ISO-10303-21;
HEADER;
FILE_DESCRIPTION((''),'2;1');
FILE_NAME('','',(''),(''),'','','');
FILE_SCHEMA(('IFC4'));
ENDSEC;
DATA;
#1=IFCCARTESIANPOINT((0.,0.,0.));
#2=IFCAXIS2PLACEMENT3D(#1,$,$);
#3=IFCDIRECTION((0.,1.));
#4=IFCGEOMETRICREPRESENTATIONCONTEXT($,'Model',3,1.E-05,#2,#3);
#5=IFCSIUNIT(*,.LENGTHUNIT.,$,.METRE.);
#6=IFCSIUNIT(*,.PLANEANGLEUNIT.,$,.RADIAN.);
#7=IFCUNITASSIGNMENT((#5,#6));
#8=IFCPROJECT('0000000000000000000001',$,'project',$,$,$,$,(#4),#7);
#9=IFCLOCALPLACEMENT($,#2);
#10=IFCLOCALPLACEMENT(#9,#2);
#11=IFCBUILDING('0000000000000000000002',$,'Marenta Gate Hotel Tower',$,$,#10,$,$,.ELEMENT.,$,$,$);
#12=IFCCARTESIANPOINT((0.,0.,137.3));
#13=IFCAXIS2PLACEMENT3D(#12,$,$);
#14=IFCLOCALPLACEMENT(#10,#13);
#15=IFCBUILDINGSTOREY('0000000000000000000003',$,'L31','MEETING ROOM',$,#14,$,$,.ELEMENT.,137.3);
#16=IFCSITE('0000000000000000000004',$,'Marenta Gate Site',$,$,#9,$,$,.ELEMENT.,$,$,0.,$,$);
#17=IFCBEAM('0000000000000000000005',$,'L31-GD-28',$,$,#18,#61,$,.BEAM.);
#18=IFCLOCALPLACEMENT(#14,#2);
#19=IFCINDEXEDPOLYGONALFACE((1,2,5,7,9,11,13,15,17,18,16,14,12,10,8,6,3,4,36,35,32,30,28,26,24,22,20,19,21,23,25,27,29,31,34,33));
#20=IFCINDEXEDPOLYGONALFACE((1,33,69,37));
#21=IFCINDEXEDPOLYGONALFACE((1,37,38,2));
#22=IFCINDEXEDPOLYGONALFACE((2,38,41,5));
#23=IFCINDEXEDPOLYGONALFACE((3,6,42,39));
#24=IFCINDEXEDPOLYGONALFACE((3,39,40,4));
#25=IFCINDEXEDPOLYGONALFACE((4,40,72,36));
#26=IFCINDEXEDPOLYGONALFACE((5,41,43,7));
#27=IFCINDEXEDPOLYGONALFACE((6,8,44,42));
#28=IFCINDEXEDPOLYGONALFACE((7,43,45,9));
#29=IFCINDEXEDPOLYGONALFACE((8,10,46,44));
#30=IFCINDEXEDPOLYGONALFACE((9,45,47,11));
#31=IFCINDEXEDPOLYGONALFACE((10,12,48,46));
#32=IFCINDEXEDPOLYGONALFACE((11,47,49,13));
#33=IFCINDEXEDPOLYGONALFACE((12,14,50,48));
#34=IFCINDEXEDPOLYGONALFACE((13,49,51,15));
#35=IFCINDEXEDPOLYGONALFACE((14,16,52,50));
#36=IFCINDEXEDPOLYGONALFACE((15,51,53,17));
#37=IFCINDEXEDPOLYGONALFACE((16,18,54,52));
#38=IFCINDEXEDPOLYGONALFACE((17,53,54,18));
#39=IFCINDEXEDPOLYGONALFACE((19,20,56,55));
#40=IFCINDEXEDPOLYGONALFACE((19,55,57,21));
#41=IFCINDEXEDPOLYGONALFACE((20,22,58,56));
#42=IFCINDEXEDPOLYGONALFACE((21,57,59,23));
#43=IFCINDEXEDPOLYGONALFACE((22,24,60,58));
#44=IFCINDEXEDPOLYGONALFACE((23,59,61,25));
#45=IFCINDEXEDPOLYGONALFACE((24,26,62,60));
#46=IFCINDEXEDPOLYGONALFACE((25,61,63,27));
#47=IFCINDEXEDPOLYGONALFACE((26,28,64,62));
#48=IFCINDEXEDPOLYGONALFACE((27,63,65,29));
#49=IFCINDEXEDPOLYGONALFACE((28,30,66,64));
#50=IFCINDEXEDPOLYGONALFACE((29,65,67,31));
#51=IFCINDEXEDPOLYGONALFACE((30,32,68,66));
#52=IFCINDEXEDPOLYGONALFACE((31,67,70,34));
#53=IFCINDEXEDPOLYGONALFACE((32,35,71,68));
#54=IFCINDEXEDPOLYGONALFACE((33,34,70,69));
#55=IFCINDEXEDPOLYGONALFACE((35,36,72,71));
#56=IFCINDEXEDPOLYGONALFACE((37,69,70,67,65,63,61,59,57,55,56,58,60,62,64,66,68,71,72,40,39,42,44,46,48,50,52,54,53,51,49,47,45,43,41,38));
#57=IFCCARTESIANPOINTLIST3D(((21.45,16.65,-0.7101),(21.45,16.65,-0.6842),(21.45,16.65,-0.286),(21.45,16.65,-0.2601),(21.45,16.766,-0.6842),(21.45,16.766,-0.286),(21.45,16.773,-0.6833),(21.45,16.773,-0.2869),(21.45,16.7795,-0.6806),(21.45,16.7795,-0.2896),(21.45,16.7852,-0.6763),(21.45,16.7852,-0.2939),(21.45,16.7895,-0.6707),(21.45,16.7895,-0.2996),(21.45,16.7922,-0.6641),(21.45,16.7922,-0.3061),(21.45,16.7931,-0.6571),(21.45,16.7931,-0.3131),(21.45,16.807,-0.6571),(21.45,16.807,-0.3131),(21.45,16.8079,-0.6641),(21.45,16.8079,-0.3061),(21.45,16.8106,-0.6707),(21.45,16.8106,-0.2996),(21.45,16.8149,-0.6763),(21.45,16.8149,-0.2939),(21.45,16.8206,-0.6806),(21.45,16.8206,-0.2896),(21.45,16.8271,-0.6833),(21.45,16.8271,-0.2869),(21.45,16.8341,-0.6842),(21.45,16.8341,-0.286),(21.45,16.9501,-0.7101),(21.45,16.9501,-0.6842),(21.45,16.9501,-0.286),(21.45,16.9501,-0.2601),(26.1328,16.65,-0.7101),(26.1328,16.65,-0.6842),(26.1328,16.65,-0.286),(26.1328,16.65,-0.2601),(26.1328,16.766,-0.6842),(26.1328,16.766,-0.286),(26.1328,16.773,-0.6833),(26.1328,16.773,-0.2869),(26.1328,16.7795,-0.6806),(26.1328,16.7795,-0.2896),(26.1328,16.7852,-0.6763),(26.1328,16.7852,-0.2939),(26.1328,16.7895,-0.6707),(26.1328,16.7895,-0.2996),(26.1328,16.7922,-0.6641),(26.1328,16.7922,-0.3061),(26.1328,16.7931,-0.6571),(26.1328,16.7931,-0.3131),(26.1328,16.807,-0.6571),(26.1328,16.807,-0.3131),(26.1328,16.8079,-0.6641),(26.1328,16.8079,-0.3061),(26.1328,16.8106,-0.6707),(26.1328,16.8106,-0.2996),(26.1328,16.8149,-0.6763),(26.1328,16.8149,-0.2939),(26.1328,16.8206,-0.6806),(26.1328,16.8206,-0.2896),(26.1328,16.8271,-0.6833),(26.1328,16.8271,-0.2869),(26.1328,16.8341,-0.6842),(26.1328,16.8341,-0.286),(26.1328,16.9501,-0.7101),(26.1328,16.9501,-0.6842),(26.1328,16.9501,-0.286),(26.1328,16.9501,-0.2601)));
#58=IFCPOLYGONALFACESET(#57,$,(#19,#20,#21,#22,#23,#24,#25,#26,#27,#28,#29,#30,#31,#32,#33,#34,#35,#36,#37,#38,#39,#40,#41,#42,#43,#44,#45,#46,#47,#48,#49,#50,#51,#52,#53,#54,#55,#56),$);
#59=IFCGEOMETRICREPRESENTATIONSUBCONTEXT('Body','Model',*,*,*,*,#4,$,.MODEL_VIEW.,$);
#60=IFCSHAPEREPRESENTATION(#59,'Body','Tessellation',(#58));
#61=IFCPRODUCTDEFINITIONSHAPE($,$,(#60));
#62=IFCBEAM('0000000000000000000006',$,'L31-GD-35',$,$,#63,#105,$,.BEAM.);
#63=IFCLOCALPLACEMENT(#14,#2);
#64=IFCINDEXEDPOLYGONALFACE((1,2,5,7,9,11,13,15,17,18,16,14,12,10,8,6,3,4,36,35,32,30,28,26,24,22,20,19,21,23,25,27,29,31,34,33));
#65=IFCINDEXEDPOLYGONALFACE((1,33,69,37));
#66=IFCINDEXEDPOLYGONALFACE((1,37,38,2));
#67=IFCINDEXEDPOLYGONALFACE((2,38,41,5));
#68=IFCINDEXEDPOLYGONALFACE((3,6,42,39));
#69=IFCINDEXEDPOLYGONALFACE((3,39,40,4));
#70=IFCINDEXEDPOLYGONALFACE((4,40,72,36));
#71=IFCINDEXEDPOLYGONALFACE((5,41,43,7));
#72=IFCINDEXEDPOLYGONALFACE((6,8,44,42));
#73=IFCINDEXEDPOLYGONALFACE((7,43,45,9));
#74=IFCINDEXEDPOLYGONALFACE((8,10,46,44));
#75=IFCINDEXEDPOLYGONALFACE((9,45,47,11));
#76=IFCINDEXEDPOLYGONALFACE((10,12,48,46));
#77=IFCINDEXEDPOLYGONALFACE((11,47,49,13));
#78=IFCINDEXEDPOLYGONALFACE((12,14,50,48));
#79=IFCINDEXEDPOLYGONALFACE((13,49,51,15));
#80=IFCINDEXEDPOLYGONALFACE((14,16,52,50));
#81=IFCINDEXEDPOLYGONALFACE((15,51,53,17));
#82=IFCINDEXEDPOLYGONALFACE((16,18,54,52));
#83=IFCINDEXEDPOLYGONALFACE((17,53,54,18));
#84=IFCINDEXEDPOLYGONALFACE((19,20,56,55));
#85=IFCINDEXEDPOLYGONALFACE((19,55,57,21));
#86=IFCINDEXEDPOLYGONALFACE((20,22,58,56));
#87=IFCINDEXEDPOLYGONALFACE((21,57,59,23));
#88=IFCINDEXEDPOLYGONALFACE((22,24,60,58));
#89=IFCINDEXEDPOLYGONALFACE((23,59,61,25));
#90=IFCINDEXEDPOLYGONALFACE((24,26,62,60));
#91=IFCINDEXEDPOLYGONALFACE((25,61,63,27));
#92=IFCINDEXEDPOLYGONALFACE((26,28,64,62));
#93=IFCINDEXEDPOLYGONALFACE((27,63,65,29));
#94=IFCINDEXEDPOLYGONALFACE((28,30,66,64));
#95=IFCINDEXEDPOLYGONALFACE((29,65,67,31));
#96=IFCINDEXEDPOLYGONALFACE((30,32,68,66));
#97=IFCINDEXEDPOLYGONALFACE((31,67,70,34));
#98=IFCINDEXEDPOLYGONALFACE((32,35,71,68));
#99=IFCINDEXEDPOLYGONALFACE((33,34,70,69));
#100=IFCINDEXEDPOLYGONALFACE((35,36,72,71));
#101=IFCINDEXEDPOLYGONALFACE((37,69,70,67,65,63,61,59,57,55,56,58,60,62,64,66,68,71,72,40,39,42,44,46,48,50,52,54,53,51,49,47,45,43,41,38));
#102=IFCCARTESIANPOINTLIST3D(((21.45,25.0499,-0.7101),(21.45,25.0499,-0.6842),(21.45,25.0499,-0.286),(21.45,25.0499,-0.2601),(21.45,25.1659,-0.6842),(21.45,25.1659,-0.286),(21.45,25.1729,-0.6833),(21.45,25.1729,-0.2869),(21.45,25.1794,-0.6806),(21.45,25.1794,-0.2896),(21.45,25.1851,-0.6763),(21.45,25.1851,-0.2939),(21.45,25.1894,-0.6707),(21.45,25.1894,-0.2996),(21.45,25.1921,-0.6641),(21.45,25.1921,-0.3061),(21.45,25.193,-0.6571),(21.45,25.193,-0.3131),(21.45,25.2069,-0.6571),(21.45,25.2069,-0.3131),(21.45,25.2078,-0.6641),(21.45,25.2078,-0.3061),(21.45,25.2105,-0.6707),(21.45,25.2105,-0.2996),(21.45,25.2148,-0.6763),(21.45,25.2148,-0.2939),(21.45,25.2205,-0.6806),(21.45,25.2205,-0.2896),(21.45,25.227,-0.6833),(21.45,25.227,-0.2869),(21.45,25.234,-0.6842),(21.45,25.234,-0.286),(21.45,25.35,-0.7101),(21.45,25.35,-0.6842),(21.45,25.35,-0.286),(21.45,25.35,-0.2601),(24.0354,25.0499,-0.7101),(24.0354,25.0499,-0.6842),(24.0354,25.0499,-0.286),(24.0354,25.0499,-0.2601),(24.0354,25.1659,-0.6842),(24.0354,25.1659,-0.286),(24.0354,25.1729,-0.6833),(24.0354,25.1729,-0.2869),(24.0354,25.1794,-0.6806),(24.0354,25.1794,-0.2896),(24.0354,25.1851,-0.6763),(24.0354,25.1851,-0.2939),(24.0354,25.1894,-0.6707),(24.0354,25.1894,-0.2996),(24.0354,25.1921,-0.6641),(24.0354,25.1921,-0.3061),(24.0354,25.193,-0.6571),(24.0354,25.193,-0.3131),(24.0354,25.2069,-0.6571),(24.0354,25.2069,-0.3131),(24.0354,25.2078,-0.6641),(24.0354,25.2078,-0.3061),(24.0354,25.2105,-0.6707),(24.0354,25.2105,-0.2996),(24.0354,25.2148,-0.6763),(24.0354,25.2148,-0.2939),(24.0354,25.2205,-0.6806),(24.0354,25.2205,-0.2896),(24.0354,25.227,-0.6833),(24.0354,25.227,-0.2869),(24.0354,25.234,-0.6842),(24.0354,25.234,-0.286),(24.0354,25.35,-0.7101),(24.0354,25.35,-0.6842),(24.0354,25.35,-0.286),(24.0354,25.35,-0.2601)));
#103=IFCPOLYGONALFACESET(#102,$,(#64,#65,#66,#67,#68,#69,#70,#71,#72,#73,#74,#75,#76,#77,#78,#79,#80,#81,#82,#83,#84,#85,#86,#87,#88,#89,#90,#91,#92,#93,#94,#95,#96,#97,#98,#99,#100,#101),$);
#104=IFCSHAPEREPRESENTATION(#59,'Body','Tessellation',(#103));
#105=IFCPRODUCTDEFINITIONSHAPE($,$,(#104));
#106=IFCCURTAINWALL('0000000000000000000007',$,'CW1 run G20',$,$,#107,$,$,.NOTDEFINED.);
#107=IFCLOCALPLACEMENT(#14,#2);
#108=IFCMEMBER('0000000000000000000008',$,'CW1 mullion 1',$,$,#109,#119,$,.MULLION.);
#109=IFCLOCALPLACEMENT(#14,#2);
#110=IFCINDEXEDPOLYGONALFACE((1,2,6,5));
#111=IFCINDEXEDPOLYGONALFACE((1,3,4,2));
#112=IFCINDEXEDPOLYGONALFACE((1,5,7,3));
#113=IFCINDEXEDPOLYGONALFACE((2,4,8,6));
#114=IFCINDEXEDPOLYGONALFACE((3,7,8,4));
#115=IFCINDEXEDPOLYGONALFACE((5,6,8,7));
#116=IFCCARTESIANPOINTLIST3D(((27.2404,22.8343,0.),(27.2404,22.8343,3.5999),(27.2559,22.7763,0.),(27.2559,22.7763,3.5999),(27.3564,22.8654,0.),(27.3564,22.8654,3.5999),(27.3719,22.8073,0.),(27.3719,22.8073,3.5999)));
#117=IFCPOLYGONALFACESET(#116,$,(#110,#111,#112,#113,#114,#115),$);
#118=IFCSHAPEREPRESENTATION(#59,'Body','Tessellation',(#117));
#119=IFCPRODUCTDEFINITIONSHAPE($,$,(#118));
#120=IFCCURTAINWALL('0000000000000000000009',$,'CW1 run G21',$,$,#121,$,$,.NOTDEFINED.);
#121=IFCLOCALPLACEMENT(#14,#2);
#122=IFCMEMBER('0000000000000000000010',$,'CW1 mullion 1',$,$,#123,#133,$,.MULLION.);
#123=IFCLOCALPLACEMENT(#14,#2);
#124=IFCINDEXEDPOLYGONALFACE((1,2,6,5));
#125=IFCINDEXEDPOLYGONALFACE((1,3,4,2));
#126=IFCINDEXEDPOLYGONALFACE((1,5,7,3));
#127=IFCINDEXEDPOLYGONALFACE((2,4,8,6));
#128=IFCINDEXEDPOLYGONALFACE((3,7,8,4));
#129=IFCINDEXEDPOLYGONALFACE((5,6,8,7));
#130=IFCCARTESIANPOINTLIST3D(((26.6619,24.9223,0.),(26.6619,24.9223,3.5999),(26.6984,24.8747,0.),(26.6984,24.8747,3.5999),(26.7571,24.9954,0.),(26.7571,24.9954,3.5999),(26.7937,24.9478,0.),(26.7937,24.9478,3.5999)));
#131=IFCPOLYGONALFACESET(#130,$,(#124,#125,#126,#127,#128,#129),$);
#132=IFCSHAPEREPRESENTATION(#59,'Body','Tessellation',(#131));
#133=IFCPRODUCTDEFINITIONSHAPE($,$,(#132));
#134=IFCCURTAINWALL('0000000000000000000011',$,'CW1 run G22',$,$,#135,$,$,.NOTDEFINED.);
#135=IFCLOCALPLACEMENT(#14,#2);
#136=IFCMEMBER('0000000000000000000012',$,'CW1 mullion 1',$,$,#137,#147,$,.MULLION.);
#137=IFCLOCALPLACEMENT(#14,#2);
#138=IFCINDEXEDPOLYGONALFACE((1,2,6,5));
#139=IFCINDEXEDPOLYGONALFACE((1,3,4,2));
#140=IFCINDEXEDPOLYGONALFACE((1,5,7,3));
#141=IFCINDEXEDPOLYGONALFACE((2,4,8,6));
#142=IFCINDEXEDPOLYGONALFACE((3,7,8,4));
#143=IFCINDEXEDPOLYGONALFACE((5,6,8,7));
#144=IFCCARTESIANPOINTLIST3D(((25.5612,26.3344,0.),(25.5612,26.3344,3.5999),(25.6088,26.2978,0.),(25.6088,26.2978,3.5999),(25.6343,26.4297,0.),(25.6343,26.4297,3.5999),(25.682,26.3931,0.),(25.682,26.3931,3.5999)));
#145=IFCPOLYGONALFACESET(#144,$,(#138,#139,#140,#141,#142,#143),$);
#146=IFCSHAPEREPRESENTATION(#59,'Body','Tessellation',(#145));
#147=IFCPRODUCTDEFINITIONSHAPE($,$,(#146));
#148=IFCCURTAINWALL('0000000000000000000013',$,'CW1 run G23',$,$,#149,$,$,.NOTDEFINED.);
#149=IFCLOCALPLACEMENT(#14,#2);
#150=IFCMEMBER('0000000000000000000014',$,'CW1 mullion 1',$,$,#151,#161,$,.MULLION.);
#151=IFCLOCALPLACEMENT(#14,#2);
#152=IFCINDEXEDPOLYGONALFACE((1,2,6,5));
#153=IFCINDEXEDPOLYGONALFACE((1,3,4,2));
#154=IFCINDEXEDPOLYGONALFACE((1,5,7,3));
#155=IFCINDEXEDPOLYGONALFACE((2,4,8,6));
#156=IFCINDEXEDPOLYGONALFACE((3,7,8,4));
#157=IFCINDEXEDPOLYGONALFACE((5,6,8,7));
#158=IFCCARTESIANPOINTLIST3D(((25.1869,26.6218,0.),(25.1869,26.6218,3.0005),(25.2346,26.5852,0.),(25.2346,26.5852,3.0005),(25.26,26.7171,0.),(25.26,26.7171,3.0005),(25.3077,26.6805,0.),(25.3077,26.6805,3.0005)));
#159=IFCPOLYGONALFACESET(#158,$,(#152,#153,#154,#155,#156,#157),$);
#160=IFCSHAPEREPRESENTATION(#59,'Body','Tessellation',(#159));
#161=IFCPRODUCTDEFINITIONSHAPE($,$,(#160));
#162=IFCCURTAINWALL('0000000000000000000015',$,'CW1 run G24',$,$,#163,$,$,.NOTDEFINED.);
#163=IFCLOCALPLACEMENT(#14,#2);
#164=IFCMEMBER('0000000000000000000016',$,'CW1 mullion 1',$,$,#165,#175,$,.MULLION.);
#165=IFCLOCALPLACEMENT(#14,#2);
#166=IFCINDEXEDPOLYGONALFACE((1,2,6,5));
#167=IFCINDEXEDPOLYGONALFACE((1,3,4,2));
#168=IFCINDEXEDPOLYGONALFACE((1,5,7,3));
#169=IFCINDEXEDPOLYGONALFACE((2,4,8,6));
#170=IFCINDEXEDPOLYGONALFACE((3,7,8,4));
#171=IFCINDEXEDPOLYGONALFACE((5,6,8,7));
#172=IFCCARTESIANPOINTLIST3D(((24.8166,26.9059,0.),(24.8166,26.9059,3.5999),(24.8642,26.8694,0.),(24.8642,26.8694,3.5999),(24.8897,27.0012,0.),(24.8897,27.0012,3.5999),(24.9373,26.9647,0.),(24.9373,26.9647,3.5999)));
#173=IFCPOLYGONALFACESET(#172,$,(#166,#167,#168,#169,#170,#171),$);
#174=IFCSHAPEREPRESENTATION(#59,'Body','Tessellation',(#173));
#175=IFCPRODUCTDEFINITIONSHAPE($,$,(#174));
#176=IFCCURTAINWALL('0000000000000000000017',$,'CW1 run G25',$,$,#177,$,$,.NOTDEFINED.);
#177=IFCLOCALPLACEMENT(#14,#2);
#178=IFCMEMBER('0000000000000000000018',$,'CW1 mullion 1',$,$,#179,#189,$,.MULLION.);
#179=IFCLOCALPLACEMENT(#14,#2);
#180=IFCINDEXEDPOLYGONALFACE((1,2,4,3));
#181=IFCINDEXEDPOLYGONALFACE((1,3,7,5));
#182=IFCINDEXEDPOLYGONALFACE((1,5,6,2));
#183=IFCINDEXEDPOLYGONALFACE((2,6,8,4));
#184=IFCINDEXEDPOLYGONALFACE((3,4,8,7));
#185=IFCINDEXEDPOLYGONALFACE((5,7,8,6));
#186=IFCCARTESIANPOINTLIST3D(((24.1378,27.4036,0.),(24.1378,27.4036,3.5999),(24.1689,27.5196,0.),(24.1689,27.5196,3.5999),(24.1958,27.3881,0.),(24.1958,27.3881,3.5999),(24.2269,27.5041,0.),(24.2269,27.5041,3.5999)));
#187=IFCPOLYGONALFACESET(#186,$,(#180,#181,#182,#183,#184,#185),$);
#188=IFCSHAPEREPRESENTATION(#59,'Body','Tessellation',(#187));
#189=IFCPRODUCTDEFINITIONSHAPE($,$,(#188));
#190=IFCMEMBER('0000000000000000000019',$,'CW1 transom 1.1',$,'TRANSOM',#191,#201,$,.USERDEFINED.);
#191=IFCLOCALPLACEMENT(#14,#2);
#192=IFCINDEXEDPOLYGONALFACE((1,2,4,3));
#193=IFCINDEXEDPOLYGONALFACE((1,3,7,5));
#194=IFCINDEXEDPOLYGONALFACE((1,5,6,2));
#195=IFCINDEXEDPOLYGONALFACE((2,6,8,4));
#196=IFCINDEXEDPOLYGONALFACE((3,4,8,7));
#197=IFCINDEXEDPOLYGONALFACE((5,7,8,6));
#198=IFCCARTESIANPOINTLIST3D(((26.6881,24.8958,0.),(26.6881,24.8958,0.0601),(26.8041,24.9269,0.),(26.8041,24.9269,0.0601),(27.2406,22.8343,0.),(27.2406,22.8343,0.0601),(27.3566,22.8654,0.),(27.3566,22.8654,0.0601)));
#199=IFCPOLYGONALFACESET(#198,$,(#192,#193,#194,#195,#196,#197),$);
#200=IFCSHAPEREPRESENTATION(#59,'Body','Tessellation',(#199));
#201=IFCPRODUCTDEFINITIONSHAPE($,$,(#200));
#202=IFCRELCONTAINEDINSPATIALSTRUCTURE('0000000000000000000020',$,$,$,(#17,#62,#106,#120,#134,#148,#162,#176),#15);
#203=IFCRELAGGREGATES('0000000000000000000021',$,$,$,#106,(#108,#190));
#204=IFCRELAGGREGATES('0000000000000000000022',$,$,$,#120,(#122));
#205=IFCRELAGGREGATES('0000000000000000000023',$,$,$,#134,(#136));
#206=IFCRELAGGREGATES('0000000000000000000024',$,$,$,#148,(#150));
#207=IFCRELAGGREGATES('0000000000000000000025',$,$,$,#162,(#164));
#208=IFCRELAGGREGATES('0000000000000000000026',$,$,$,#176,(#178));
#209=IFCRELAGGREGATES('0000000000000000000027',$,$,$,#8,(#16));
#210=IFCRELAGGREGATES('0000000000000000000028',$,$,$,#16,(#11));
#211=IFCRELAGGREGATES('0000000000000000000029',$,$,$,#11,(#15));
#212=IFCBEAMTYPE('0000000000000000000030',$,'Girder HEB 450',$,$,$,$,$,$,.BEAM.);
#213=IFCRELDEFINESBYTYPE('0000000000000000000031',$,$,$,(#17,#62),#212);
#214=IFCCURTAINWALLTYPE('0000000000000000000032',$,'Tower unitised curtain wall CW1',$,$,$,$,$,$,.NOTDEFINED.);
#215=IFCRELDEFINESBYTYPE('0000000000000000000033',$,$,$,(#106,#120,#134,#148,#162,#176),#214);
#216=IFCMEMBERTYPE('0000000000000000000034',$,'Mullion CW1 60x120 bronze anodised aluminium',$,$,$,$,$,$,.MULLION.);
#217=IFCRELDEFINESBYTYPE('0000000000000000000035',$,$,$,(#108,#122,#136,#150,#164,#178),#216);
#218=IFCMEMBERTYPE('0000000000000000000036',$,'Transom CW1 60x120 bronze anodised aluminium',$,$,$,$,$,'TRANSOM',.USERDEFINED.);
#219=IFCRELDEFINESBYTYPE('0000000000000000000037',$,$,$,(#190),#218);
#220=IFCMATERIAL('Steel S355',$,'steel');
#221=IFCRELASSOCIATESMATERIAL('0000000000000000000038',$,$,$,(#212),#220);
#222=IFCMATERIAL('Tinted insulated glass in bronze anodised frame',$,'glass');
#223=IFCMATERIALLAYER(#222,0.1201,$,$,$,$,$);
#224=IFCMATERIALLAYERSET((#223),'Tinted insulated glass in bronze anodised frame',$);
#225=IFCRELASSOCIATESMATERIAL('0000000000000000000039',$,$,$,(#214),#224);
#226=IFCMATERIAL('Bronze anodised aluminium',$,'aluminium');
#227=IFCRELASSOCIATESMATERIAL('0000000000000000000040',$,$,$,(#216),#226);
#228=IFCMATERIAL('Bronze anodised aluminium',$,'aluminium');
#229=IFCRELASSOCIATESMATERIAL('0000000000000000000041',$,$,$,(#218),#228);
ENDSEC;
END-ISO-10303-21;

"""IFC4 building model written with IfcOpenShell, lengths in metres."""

from ifc_helpers import new_model, si_unit, direction, frame, origin, origin_2d, place, context, subcontext, project, spatial, rectangle, i_section, extrude, material, layer, layer_set, material_profile, profile_set, type_object, element, aggregate, save


model = new_model("IFC4")

# Units and contexts
model_context = context("Model", 3, precision=1e-05, world=origin(), true_north=direction((0.0, 1.0)))
body_context = subcontext(model_context, "Body", "Model", "MODEL_VIEW")
ifc_project = project(units=[si_unit("LENGTHUNIT", "METRE"), si_unit("PLANEANGLEUNIT", "RADIAN")], contexts=[model_context])

# Site, building, storey
site_placement = place(None, origin())
site = spatial("IfcSite", under=ifc_project, at=site_placement, Name="Marenta Gate Site", CompositionType="ELEMENT", RefElevation=0.0)
building_placement = place(site_placement, origin())
building = spatial("IfcBuilding", under=site, at=building_placement, Name="Marenta Gate Hotel Tower", CompositionType="ELEMENT")
storey_placement = place(building_placement, frame((0.0, 0.0, 137.3)))
storey = spatial("IfcBuildingStorey", under=building, at=storey_placement, Name="L31", Description="MEETING ROOM", CompositionType="ELEMENT", Elevation=137.3)

# Beams
ifc_material_1 = material(Name="Steel S355", Category="steel")
ifc_material_profile_1 = material_profile(ifc_material_1, i_section(OverallWidth=0.3, OverallDepth=0.45, WebThickness=0.0139, FlangeThickness=0.0259, FilletRadius=0.0271, at=origin_2d()), Name="HEB 450")
ifc_profile_set_1 = profile_set([ifc_material_profile_1], Name="Steel S355")
beam_type_1 = type_object("IfcBeamType", Name="Girder HEB 450", PredefinedType="BEAM", material=ifc_profile_set_1)
beam_1_placement = place(storey_placement, frame((21.45, 16.8, -0.4851), z_axis=(1.0, 0.0, 0.0), x_axis=(0.0, 1.0, 0.0)))
element("IfcBeam", 1, at=beam_1_placement, inside=storey, type_object=beam_type_1, Name="L31-GD-28", PredefinedType="BEAM", context=body_context, shape_type="SweptSolid", body=[
    extrude(i_section(OverallWidth=0.3, OverallDepth=0.45, WebThickness=0.0139, FlangeThickness=0.0259, FilletRadius=0.0271, at=origin_2d()), origin(), (0.0, 0.0, 1.0), 4.6829),
])
beam_2_placement = place(storey_placement, frame((21.45, 25.2, -0.4851), z_axis=(1.0, 0.0, 0.0), x_axis=(0.0, 1.0, 0.0)))
element("IfcBeam", 2, at=beam_2_placement, inside=storey, type_object=beam_type_1, Name="L31-GD-35", PredefinedType="BEAM", context=body_context, shape_type="SweptSolid", body=[
    extrude(i_section(OverallWidth=0.3, OverallDepth=0.45, WebThickness=0.0139, FlangeThickness=0.0259, FilletRadius=0.0271, at=origin_2d()), origin(), (0.0, 0.0, 1.0), 2.5854),
])

# Curtain walls, members
ifc_material_2 = material(Name="Tinted insulated glass in bronze anodised frame", Category="glass")
ifc_layer_1 = layer(ifc_material_2, 0.1201)
ifc_layer_set_1 = layer_set([ifc_layer_1], Name="Tinted insulated glass in bronze anodised frame")
curtain_wall_type = type_object("IfcCurtainWallType", Name="Tower unitised curtain wall CW1", PredefinedType="NOTDEFINED", material=ifc_layer_set_1)
curtain_wall_1_placement = place(storey_placement, origin())
curtain_wall_1 = element("IfcCurtainWall", 3, at=curtain_wall_1_placement, inside=storey, type_object=curtain_wall_type, Name="CW1 run G20", PredefinedType="NOTDEFINED")
ifc_material_3 = material(Name="Bronze anodised aluminium", Category="aluminium")
ifc_material_profile_2 = material_profile(ifc_material_3, rectangle(XDim=0.1201, YDim=0.0601, at=origin_2d()), Name="Mullion CW1 60x120 bronze anodised aluminium")
ifc_profile_set_2 = profile_set([ifc_material_profile_2], Name="Bronze anodised aluminium")
member_type_1 = type_object("IfcMemberType", Name="Mullion CW1 60x120 bronze anodised aluminium", PredefinedType="MULLION", material=ifc_profile_set_2)
member_1_placement = place(storey_placement, frame((27.3062, 22.8208, 0.0), z_axis=(0.0, 0.0, 1.0), x_axis=(-0.965925, -0.258823, 0.0)))
member_1 = element("IfcMember", 4, at=member_1_placement, type_object=member_type_1, Name="CW1 mullion 1", PredefinedType="MULLION", context=body_context, shape_type="SweptSolid", body=[
    extrude(rectangle(XDim=0.1201, YDim=0.0601, at=origin_2d()), origin(), (0.0, 0.0, 1.0), 3.5999),
])
curtain_wall_2_placement = place(storey_placement, origin())
curtain_wall_2 = element("IfcCurtainWall", 5, at=curtain_wall_2_placement, inside=storey, type_object=curtain_wall_type, Name="CW1 run G21", PredefinedType="NOTDEFINED")
member_2_placement = place(storey_placement, frame((26.7278, 24.9351, 0.0), z_axis=(0.0, 0.0, 1.0), x_axis=(-0.793327, -0.608796, 0.0)))
member_2 = element("IfcMember", 6, at=member_2_placement, type_object=member_type_1, Name="CW1 mullion 1", PredefinedType="MULLION", context=body_context, shape_type="SweptSolid", body=[
    extrude(rectangle(XDim=0.1201, YDim=0.0601, at=origin_2d()), origin(), (0.0, 0.0, 1.0), 3.5999),
])
curtain_wall_3_placement = place(storey_placement, origin())
curtain_wall_3 = element("IfcCurtainWall", 7, at=curtain_wall_3_placement, inside=storey, type_object=curtain_wall_type, Name="CW1 run G22", PredefinedType="NOTDEFINED")
member_3_placement = place(storey_placement, frame((25.6216, 26.3638, 0.0), z_axis=(0.0, 0.0, 1.0), x_axis=(-0.608778, -0.79334, 0.0)))
member_3 = element("IfcMember", 8, at=member_3_placement, type_object=member_type_1, Name="CW1 mullion 1", PredefinedType="MULLION", context=body_context, shape_type="SweptSolid", body=[
    extrude(rectangle(XDim=0.1201, YDim=0.0601, at=origin_2d()), origin(), (0.0, 0.0, 1.0), 3.5999),
])
curtain_wall_4_placement = place(storey_placement, origin())
curtain_wall_4 = element("IfcCurtainWall", 9, at=curtain_wall_4_placement, inside=storey, type_object=curtain_wall_type, Name="CW1 run G23", PredefinedType="NOTDEFINED")
member_4_placement = place(storey_placement, frame((25.2473, 26.6511, 0.0), z_axis=(0.0, 0.0, 1.0), x_axis=(-0.608737, -0.793372, 0.0)))
member_4 = element("IfcMember", 10, at=member_4_placement, type_object=member_type_1, Name="CW1 mullion 1", PredefinedType="MULLION", context=body_context, shape_type="SweptSolid", body=[
    extrude(rectangle(XDim=0.1201, YDim=0.0601, at=origin_2d()), origin(), (0.0, 0.0, 1.0), 3.0005),
])
curtain_wall_5_placement = place(storey_placement, origin())
curtain_wall_5 = element("IfcCurtainWall", 11, at=curtain_wall_5_placement, inside=storey, type_object=curtain_wall_type, Name="CW1 run G24", PredefinedType="NOTDEFINED")
member_5_placement = place(storey_placement, frame((24.877, 26.9353, 0.0), z_axis=(0.0, 0.0, 1.0), x_axis=(-0.608837, -0.793295, 0.0)))
member_5 = element("IfcMember", 12, at=member_5_placement, type_object=member_type_1, Name="CW1 mullion 1", PredefinedType="MULLION", context=body_context, shape_type="SweptSolid", body=[
    extrude(rectangle(XDim=0.1201, YDim=0.0601, at=origin_2d()), origin(), (0.0, 0.0, 1.0), 3.5999),
])
curtain_wall_6_placement = place(storey_placement, origin())
curtain_wall_6 = element("IfcCurtainWall", 13, at=curtain_wall_6_placement, inside=storey, type_object=curtain_wall_type, Name="CW1 run G25", PredefinedType="NOTDEFINED")
member_6_placement = place(storey_placement, frame((24.1824, 27.4539, 0.0), z_axis=(0.0, 0.0, 1.0), x_axis=(-0.258806, -0.965929, 0.0)))
member_6 = element("IfcMember", 14, at=member_6_placement, type_object=member_type_1, Name="CW1 mullion 1", PredefinedType="MULLION", context=body_context, shape_type="SweptSolid", body=[
    extrude(rectangle(XDim=0.1201, YDim=0.0601, at=origin_2d()), origin(), (0.0, 0.0, 1.0), 3.5999),
])

# Member
ifc_material_4 = material(Name="Bronze anodised aluminium", Category="aluminium")
ifc_material_profile_3 = material_profile(ifc_material_4, rectangle(XDim=0.1201, YDim=0.0601, at=origin_2d()), Name="Transom CW1 60x120 bronze anodised aluminium")
ifc_profile_set_3 = profile_set([ifc_material_profile_3], Name="Bronze anodised aluminium")
member_type_2 = type_object("IfcMemberType", Name="Transom CW1 60x120 bronze anodised aluminium", ElementType="TRANSOM", PredefinedType="USERDEFINED", material=ifc_profile_set_3)
member_7_placement = place(storey_placement, frame((27.2986, 22.8499, 0.03), z_axis=(-0.258866, 0.965913, 0.0), x_axis=(-0.965913, -0.258866, 0.0)))
member_7 = element("IfcMember", 15, at=member_7_placement, type_object=member_type_2, Name="CW1 transom 1.1", ObjectType="TRANSOM", PredefinedType="USERDEFINED", context=body_context, shape_type="SweptSolid", body=[
    extrude(rectangle(XDim=0.1201, YDim=0.0601, at=origin_2d()), origin(), (0.0, 0.0, 1.0), 2.1343),
])

aggregate(curtain_wall_1, [member_1, member_7])
aggregate(curtain_wall_2, [member_2])
aggregate(curtain_wall_3, [member_3])
aggregate(curtain_wall_4, [member_4])
aggregate(curtain_wall_5, [member_5])
aggregate(curtain_wall_6, [member_6])

save(model, "model.ifc")
